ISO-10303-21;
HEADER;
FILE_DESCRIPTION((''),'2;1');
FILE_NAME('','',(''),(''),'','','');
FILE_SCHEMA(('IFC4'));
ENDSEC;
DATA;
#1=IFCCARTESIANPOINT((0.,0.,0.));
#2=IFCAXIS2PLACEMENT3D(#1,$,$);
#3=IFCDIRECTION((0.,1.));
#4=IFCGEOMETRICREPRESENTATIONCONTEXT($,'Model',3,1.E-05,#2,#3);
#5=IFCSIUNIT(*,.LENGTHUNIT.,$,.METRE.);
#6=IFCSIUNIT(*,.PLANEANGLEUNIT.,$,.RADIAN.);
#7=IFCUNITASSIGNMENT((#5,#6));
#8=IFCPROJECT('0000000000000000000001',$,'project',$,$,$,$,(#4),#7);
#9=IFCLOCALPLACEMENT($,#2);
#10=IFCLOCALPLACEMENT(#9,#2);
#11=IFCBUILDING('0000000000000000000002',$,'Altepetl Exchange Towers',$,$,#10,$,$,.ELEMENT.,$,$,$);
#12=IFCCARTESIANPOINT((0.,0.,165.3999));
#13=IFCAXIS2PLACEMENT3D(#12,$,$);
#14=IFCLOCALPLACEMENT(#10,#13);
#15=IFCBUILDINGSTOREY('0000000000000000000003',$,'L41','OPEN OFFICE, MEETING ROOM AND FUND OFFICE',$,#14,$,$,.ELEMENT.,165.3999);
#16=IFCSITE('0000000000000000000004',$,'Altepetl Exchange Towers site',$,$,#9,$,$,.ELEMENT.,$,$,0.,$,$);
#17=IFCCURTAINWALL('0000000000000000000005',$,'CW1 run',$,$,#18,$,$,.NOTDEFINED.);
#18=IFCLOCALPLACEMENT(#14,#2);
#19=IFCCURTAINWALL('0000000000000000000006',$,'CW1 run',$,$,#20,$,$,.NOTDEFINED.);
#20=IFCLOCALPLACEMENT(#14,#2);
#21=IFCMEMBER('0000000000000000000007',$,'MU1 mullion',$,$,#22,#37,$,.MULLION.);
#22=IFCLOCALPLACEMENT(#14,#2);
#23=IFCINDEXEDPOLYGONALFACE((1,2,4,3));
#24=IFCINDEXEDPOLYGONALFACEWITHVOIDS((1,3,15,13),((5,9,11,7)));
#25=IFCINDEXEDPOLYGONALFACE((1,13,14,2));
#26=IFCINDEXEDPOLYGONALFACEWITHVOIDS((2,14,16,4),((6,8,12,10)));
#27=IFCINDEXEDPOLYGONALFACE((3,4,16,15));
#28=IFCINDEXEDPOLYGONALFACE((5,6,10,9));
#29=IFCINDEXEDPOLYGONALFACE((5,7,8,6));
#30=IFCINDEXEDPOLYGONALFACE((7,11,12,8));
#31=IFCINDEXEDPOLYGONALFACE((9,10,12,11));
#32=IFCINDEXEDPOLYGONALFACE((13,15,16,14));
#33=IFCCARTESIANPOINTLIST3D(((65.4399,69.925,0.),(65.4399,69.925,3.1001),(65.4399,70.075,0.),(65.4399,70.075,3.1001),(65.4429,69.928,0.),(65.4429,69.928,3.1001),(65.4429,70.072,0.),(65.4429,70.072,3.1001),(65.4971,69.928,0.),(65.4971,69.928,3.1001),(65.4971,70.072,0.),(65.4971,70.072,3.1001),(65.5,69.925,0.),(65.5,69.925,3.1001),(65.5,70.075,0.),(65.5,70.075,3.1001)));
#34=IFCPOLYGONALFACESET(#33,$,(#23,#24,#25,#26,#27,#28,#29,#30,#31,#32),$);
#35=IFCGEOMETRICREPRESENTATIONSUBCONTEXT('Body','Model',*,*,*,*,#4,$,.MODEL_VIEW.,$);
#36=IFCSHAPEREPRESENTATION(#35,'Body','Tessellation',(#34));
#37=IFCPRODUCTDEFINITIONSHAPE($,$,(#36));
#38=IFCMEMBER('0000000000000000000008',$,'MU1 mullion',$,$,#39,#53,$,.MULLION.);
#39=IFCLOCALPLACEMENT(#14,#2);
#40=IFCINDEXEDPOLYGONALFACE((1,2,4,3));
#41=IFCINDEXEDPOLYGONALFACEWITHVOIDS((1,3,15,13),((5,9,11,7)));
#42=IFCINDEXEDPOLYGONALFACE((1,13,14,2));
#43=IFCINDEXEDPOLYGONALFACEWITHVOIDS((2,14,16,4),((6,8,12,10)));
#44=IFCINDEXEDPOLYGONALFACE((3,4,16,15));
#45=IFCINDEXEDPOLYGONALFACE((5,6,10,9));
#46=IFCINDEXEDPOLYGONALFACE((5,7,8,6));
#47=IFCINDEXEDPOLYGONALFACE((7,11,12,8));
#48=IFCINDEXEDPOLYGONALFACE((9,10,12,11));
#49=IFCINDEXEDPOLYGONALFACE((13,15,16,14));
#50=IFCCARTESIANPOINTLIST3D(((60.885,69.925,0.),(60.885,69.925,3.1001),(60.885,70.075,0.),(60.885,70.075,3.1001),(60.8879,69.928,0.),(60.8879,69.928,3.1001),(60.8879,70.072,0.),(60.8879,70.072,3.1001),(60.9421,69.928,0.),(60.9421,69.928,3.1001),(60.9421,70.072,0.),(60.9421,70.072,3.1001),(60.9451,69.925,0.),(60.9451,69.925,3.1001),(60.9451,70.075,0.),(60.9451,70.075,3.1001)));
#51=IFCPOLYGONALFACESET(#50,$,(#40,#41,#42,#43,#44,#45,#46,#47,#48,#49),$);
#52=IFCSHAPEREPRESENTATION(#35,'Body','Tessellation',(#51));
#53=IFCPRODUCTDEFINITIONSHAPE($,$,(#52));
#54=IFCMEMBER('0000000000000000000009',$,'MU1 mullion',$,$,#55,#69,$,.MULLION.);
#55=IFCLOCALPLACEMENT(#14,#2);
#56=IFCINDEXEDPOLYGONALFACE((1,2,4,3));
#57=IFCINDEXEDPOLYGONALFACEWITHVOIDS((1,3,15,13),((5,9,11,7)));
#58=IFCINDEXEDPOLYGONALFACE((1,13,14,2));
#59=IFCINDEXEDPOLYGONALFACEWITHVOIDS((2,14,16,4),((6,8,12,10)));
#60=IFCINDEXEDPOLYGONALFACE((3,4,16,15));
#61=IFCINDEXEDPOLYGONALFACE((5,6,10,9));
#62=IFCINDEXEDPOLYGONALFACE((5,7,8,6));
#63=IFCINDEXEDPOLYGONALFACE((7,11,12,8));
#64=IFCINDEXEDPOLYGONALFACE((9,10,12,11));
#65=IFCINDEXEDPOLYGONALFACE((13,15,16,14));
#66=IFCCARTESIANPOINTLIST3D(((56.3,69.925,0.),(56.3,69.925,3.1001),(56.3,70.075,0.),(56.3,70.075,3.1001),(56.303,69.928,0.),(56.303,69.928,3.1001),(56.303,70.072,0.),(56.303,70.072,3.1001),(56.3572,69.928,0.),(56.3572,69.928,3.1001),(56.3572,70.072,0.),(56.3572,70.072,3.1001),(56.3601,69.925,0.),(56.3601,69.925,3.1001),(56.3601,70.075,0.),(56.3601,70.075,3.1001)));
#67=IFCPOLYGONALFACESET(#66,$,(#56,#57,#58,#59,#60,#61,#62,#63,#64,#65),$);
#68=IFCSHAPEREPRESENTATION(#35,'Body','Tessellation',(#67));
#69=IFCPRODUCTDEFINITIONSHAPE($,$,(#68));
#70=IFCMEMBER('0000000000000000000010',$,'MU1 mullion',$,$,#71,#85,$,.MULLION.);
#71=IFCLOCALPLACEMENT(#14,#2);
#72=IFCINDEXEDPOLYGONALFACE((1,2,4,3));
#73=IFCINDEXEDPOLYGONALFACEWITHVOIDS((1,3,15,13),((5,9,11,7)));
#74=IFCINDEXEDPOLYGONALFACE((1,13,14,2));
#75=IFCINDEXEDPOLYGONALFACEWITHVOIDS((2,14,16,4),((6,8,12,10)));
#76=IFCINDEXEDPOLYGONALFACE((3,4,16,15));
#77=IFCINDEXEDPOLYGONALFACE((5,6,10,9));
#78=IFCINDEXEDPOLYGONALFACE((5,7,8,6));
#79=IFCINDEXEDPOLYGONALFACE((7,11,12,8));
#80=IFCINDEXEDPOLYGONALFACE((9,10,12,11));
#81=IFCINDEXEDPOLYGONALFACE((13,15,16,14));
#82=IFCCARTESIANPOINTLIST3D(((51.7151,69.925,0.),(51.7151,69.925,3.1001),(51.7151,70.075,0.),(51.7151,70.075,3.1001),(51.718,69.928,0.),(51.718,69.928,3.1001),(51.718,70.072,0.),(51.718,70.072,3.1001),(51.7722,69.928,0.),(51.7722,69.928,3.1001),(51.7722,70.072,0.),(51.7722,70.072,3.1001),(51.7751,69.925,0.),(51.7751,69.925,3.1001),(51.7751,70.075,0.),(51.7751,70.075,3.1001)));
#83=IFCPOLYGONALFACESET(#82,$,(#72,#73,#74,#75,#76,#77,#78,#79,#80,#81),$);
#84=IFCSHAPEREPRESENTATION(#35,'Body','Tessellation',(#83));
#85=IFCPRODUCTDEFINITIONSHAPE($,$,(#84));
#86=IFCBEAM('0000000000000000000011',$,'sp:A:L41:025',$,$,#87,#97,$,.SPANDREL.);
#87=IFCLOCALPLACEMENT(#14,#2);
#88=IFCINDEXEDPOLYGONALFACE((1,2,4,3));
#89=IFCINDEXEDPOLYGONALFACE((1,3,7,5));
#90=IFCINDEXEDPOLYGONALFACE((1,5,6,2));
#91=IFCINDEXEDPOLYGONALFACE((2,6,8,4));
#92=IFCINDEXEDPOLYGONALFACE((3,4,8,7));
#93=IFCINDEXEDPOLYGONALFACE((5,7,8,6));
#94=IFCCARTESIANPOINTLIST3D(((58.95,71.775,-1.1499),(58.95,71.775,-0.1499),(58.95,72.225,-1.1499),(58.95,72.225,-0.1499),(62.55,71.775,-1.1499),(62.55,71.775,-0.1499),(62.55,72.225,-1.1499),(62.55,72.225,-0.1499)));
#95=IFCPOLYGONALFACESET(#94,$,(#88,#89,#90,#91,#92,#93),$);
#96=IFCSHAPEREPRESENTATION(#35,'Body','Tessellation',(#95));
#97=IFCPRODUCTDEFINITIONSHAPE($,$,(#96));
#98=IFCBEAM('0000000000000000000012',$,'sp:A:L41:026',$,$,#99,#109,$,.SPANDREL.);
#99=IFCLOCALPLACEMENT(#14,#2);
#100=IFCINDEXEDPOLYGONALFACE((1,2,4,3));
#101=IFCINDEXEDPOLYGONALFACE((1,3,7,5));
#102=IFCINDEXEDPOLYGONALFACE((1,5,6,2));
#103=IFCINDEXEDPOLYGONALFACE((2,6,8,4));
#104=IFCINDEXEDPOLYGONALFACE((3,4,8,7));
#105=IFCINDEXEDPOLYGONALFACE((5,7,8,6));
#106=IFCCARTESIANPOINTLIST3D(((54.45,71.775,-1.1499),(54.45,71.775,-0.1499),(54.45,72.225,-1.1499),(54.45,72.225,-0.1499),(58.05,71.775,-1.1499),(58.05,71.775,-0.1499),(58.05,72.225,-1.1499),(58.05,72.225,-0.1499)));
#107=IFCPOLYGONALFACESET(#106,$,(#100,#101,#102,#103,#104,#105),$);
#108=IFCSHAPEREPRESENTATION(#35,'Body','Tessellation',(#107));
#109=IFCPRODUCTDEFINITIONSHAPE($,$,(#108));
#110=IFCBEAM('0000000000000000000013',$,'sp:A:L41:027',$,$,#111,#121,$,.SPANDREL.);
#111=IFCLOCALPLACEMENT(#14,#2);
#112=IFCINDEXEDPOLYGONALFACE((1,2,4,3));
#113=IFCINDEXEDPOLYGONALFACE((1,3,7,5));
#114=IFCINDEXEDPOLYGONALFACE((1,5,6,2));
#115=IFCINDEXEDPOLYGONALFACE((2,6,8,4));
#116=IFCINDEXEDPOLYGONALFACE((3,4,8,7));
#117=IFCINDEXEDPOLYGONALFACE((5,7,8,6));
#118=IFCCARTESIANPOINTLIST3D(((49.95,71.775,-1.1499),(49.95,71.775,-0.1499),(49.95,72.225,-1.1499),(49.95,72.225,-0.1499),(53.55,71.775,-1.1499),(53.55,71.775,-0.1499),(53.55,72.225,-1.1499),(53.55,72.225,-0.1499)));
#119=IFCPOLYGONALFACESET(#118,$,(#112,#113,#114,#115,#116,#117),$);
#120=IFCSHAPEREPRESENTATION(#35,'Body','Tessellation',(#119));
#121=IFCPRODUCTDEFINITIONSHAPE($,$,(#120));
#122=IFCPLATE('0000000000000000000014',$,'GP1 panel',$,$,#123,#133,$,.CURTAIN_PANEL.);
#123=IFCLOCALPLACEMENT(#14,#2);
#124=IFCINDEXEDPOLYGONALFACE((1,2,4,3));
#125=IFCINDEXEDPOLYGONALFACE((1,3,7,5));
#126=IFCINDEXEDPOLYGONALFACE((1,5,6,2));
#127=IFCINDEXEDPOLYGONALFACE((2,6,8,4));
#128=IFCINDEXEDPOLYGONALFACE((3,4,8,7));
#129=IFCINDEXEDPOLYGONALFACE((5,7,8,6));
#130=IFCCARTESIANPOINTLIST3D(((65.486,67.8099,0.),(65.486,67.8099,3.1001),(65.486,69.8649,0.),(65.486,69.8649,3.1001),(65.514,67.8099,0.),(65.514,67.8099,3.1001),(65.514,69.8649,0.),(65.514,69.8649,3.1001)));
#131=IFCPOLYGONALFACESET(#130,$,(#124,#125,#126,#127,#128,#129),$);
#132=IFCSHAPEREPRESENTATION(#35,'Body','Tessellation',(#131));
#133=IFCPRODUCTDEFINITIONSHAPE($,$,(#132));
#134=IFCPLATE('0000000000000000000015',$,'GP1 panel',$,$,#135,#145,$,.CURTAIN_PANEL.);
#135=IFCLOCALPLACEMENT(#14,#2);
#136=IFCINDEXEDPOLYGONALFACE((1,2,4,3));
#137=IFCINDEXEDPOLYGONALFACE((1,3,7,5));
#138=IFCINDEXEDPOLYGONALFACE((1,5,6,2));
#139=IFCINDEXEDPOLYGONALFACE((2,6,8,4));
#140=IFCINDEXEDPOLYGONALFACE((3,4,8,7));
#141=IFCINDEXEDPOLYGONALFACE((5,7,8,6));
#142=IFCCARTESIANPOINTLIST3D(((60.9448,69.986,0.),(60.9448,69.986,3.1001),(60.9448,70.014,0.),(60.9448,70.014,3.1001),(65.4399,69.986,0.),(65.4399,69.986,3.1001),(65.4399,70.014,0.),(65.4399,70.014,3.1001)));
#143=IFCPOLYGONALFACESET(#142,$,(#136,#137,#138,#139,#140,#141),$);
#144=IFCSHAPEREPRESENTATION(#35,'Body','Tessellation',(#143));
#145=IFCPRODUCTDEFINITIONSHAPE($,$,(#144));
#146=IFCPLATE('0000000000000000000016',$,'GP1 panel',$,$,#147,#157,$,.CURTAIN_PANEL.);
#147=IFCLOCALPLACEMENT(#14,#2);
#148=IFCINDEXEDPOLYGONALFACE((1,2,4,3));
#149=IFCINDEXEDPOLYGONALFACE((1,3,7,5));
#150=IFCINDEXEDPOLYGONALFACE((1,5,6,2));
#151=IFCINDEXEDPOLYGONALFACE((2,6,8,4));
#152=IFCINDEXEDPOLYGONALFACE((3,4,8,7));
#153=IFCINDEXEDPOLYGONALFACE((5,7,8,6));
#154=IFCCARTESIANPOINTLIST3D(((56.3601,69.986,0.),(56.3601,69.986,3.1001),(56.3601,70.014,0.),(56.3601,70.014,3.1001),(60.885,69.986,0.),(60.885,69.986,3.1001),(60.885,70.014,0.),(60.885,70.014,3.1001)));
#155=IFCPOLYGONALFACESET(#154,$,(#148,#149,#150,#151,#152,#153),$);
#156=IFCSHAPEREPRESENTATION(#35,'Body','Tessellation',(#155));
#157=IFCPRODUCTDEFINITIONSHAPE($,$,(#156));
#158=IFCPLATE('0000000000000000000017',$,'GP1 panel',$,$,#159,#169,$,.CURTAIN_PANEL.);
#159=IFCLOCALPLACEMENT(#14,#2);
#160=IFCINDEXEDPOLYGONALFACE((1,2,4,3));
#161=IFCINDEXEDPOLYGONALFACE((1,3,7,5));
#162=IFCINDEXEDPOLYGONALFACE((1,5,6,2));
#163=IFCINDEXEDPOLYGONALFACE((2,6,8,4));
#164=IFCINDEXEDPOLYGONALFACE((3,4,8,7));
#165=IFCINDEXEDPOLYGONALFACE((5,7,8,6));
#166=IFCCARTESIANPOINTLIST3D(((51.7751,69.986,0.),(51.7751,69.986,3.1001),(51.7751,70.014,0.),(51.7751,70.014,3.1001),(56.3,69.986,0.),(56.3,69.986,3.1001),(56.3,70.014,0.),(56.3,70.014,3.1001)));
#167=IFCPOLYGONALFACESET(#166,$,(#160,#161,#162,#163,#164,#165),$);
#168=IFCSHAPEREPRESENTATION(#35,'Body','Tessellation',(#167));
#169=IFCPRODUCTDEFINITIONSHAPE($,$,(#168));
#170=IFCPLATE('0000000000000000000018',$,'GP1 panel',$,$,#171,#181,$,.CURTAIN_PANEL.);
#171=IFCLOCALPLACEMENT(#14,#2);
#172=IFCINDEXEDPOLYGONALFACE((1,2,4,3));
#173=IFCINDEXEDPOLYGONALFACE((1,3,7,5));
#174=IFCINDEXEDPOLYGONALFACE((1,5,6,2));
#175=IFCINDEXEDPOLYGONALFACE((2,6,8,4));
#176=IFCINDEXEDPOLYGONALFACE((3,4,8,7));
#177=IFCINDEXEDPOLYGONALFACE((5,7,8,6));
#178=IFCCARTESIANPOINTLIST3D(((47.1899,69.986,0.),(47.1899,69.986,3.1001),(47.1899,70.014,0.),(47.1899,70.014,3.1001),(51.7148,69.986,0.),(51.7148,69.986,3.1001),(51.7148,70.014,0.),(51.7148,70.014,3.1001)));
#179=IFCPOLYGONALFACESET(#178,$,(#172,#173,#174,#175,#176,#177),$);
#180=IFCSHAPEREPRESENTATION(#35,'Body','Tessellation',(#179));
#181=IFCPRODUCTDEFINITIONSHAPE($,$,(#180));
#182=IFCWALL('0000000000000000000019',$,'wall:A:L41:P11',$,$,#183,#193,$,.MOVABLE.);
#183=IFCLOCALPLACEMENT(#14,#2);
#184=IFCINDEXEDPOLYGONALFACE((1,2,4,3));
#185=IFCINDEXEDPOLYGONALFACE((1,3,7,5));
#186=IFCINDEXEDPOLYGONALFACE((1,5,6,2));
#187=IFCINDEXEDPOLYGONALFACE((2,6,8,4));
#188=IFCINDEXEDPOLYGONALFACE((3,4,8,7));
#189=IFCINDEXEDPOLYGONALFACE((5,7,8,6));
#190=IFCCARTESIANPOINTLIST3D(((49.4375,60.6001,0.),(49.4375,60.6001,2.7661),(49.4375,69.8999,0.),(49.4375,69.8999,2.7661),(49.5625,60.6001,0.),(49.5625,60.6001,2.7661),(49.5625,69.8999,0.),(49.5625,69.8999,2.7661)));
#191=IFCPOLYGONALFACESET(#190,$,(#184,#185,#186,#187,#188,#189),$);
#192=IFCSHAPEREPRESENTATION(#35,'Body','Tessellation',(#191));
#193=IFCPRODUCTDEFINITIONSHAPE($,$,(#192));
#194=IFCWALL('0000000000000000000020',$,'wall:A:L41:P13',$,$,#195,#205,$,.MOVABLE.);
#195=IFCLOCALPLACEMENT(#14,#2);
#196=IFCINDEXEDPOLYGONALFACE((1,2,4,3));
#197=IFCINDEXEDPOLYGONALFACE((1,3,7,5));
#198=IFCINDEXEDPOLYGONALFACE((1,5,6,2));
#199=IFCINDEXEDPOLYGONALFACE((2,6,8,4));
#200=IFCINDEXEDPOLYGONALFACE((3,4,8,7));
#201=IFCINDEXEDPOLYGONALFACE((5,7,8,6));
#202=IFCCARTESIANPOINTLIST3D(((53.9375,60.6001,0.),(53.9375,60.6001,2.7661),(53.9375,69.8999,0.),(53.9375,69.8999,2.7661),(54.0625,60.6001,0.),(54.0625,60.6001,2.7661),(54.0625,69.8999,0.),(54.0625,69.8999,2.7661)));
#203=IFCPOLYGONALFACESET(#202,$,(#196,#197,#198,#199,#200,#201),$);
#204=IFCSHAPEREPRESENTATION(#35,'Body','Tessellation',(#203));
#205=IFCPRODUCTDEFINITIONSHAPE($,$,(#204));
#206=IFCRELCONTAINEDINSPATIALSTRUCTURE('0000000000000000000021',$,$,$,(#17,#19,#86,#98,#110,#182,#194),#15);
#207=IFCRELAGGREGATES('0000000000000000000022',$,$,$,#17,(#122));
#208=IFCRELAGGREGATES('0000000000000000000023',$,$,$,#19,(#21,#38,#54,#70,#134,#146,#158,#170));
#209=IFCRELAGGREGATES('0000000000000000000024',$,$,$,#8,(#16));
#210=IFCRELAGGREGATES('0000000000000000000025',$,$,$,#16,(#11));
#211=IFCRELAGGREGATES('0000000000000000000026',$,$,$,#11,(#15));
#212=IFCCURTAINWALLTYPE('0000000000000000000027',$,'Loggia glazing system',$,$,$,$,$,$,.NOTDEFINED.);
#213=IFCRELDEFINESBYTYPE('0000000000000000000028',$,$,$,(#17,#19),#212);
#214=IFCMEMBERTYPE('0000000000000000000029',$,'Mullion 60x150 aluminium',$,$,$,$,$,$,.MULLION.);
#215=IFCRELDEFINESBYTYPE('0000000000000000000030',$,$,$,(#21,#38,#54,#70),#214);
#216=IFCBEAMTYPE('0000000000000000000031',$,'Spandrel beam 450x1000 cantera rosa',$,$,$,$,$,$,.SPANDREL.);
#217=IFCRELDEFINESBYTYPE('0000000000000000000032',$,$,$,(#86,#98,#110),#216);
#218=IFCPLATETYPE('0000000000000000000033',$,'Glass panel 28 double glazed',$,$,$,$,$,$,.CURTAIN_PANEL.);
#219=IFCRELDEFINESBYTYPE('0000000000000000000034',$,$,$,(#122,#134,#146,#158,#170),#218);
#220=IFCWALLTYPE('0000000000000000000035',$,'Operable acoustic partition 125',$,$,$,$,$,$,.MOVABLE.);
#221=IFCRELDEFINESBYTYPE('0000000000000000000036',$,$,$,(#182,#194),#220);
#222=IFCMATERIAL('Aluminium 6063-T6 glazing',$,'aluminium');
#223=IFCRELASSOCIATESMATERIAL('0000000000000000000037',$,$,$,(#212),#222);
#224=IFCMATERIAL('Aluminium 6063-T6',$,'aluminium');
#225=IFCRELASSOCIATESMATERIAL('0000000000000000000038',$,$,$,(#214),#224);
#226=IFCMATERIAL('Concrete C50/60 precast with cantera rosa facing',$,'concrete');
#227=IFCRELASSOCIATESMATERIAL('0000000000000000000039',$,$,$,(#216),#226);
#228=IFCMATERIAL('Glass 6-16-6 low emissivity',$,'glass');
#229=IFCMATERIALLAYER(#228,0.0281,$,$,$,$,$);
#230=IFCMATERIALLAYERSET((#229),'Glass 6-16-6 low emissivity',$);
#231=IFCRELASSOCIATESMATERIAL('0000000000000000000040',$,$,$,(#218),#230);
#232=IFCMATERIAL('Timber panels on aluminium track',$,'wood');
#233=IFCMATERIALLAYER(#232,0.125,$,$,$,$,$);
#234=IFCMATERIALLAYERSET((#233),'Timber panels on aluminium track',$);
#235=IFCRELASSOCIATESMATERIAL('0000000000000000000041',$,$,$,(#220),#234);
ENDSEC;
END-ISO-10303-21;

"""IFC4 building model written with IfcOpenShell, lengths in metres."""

from ifc_helpers import new_model, si_unit, direction, frame, frame_2d, origin, origin_2d, place, context, subcontext, project, spatial, rectangle, hollow_rectangle, extrude, material, layer, layer_set, material_profile, profile_set, type_object, element, aggregate, save


model = new_model("IFC4")

# Units and contexts
model_context = context("Model", 3, precision=1e-05, world=origin(), true_north=direction((0.0, 1.0)))
body_context = subcontext(model_context, "Body", "Model", "MODEL_VIEW")
ifc_project = project(units=[si_unit("LENGTHUNIT", "METRE"), si_unit("PLANEANGLEUNIT", "RADIAN")], contexts=[model_context])

# Site, building, storey
site_placement = place(None, origin())
site = spatial("IfcSite", under=ifc_project, at=site_placement, Name="Altepetl Exchange Towers site", CompositionType="ELEMENT", RefElevation=0.0)
building_placement = place(site_placement, origin())
building = spatial("IfcBuilding", under=site, at=building_placement, Name="Altepetl Exchange Towers", CompositionType="ELEMENT")
storey_placement = place(building_placement, frame((0.0, 0.0, 165.3999)))
storey = spatial("IfcBuildingStorey", under=building, at=storey_placement, Name="L41", Description="OPEN OFFICE, MEETING ROOM AND FUND OFFICE", CompositionType="ELEMENT", Elevation=165.3999)

# Curtain walls, members
ifc_material_1 = material(Name="Aluminium 6063-T6 glazing", Category="aluminium")
curtain_wall_type = type_object("IfcCurtainWallType", Name="Loggia glazing system", PredefinedType="NOTDEFINED", material=ifc_material_1)
curtain_wall_1_placement = place(storey_placement, origin())
curtain_wall_1 = element("IfcCurtainWall", 1, at=curtain_wall_1_placement, inside=storey, type_object=curtain_wall_type, Name="CW1 run", PredefinedType="NOTDEFINED")
ifc_material_2 = material(Name="Aluminium 6063-T6", Category="aluminium")
ifc_material_profile_1 = material_profile(ifc_material_2, hollow_rectangle(XDim=0.0601, YDim=0.1499, WallThickness=0.0029, at=origin_2d()), Name="Mullion 60x150 aluminium")
ifc_profile_set_1 = profile_set([ifc_material_profile_1], Name="Aluminium 6063-T6")
member_type = type_object("IfcMemberType", Name="Mullion 60x150 aluminium", PredefinedType="MULLION", material=ifc_profile_set_1)
curtain_wall_2_placement = place(storey_placement, origin())
curtain_wall_2 = element("IfcCurtainWall", 2, at=curtain_wall_2_placement, inside=storey, type_object=curtain_wall_type, Name="CW1 run", PredefinedType="NOTDEFINED")
member_1_placement = place(storey_placement, frame((65.47, 70.0, 0.0), z_axis=(0.0, 0.0, 1.0), x_axis=(-1.0, 0.0, 0.0)))
member_1 = element("IfcMember", 3, at=member_1_placement, type_object=member_type, Name="MU1 mullion", PredefinedType="MULLION", context=body_context, shape_type="SweptSolid", body=[
    extrude(hollow_rectangle(XDim=0.0601, YDim=0.1499, WallThickness=0.0029, at=origin_2d()), origin(), (0.0, 0.0, 1.0), 3.1001),
])
member_2_placement = place(storey_placement, frame((60.915, 70.0, 0.0), z_axis=(0.0, 0.0, 1.0), x_axis=(-1.0, 0.0, 0.0)))
member_2 = element("IfcMember", 4, at=member_2_placement, type_object=member_type, Name="MU1 mullion", PredefinedType="MULLION", context=body_context, shape_type="SweptSolid", body=[
    extrude(hollow_rectangle(XDim=0.0601, YDim=0.1499, WallThickness=0.0029, at=origin_2d()), origin(), (0.0, 0.0, 1.0), 3.1001),
])
member_3_placement = place(storey_placement, frame((56.3301, 70.0, 0.0), z_axis=(0.0, 0.0, 1.0), x_axis=(-1.0, 0.0, 0.0)))
member_3 = element("IfcMember", 5, at=member_3_placement, type_object=member_type, Name="MU1 mullion", PredefinedType="MULLION", context=body_context, shape_type="SweptSolid", body=[
    extrude(hollow_rectangle(XDim=0.0601, YDim=0.1499, WallThickness=0.0029, at=origin_2d()), origin(), (0.0, 0.0, 1.0), 3.1001),
])
member_4_placement = place(storey_placement, frame((51.7451, 70.0, 0.0), z_axis=(0.0, 0.0, 1.0), x_axis=(-1.0, 0.0, 0.0)))
member_4 = element("IfcMember", 6, at=member_4_placement, type_object=member_type, Name="MU1 mullion", PredefinedType="MULLION", context=body_context, shape_type="SweptSolid", body=[
    extrude(hollow_rectangle(XDim=0.0601, YDim=0.1499, WallThickness=0.0029, at=origin_2d()), origin(), (0.0, 0.0, 1.0), 3.1001),
])

# Beams
ifc_material_3 = material(Name="Concrete C50/60 precast with cantera rosa facing", Category="concrete")
ifc_material_profile_2 = material_profile(ifc_material_3, rectangle(XDim=0.45, YDim=1.0, at=origin_2d()), Name="450 x 1000")
ifc_profile_set_2 = profile_set([ifc_material_profile_2], Name="Concrete C50/60 precast with cantera rosa facing")
beam_type_1 = type_object("IfcBeamType", Name="Spandrel beam 450x1000 cantera rosa", PredefinedType="SPANDREL", material=ifc_profile_set_2)
for number, where, z_axis, x_axis, name in (
    (7, (62.55, 72.0, -0.6499), (-1.0, 0.0, 0.0), (0.0, -1.0, 0.0), "sp:A:L41:025"),
    (8, (58.05, 72.0, -0.6499), (-1.0, 0.0, 0.0), (0.0, -1.0, 0.0), "sp:A:L41:026"),
    (9, (53.55, 72.0, -0.6499), (-1.0, 0.0, 0.0), (0.0, -1.0, 0.0), "sp:A:L41:027"),
):
    element("IfcBeam", number, at=place(storey_placement, frame(where, z_axis=z_axis, x_axis=x_axis)), inside=storey, type_object=beam_type_1, Name=name, PredefinedType="SPANDREL", context=body_context, shape_type="SweptSolid", body=[
        extrude(rectangle(XDim=0.45, YDim=1.0, at=origin_2d()), origin(), (0.0, 0.0, 1.0), 3.6001),
    ])

# Plates
ifc_material_4 = material(Name="Glass 6-16-6 low emissivity", Category="glass")
ifc_layer_1 = layer(ifc_material_4, 0.0281)
ifc_layer_set_1 = layer_set([ifc_layer_1], Name="Glass 6-16-6 low emissivity")
plate_type = type_object("IfcPlateType", Name="Glass panel 28 double glazed", PredefinedType="CURTAIN_PANEL", material=ifc_layer_set_1)
plate_1_placement = place(storey_placement, frame((65.5, 68.8374, 0.0), z_axis=(0.0, 0.0, 1.0), x_axis=(0.0, 1.0, 0.0)))
plate_1 = element("IfcPlate", 10, at=plate_1_placement, type_object=plate_type, Name="GP1 panel", PredefinedType="CURTAIN_PANEL", context=body_context, shape_type="SweptSolid", body=[
    extrude(rectangle(XDim=2.0549, YDim=0.0281, at=origin_2d()), origin(), (0.0, 0.0, 1.0), 3.1001),
])
aggregate(curtain_wall_1, [plate_1])
plate_2_placement = place(storey_placement, frame((63.1924, 70.0, 0.0), z_axis=(0.0, 0.0, 1.0), x_axis=(-1.0, 0.0, 0.0)))
plate_2 = element("IfcPlate", 11, at=plate_2_placement, type_object=plate_type, Name="GP1 panel", PredefinedType="CURTAIN_PANEL", context=body_context, shape_type="SweptSolid", body=[
    extrude(rectangle(XDim=4.4951, YDim=0.0281, at=origin_2d()), origin(), (0.0, 0.0, 1.0), 3.1001),
])
plate_3_placement = place(storey_placement, frame((58.6226, 70.0, 0.0), z_axis=(0.0, 0.0, 1.0), x_axis=(-1.0, 0.0, 0.0)))
plate_3 = element("IfcPlate", 12, at=plate_3_placement, type_object=plate_type, Name="GP1 panel", PredefinedType="CURTAIN_PANEL", context=body_context, shape_type="SweptSolid", body=[
    extrude(rectangle(XDim=4.5249, YDim=0.0281, at=origin_2d()), origin(), (0.0, 0.0, 1.0), 3.1001),
])
plate_4_placement = place(storey_placement, frame((54.0376, 70.0, 0.0), z_axis=(0.0, 0.0, 1.0), x_axis=(-1.0, 0.0, 0.0)))
plate_4 = element("IfcPlate", 13, at=plate_4_placement, type_object=plate_type, Name="GP1 panel", PredefinedType="CURTAIN_PANEL", context=body_context, shape_type="SweptSolid", body=[
    extrude(rectangle(XDim=4.5249, YDim=0.0281, at=origin_2d()), origin(), (0.0, 0.0, 1.0), 3.1001),
])
plate_5_placement = place(storey_placement, frame((49.4524, 70.0, 0.0), z_axis=(0.0, 0.0, 1.0), x_axis=(-1.0, 0.0, 0.0)))
plate_5 = element("IfcPlate", 14, at=plate_5_placement, type_object=plate_type, Name="GP1 panel", PredefinedType="CURTAIN_PANEL", context=body_context, shape_type="SweptSolid", body=[
    extrude(rectangle(XDim=4.5249, YDim=0.0281, at=origin_2d()), origin(), (0.0, 0.0, 1.0), 3.1001),
])
aggregate(curtain_wall_2, [member_1, member_2, member_3, member_4, plate_2, plate_3, plate_4, plate_5])

# Walls
ifc_material_5 = material(Name="Timber panels on aluminium track", Category="wood")
ifc_layer_2 = layer(ifc_material_5, 0.125)
ifc_layer_set_2 = layer_set([ifc_layer_2], Name="Timber panels on aluminium track")
wall_type_1 = type_object("IfcWallType", Name="Operable acoustic partition 125", PredefinedType="MOVABLE", material=ifc_layer_set_2)
for number, where, z_axis, x_axis, name in (
    (15, (49.5, 60.6001, 0.0), (0.0, 0.0, 1.0), (0.0, 1.0, 0.0), "wall:A:L41:P11"),
    (16, (54.0, 60.6001, 0.0), (0.0, 0.0, 1.0), (0.0, 1.0, 0.0), "wall:A:L41:P13"),
):
    element("IfcWall", number, at=place(storey_placement, frame(where, z_axis=z_axis, x_axis=x_axis)), inside=storey, type_object=wall_type_1, Name=name, PredefinedType="MOVABLE", context=body_context, shape_type="SweptSolid", body=[
        extrude(rectangle(XDim=9.2998, YDim=0.125, at=frame_2d((4.6499, 0.0))), origin(), (0.0, 0.0, 1.0), 2.7661),
    ])

save(model, "model.ifc")
